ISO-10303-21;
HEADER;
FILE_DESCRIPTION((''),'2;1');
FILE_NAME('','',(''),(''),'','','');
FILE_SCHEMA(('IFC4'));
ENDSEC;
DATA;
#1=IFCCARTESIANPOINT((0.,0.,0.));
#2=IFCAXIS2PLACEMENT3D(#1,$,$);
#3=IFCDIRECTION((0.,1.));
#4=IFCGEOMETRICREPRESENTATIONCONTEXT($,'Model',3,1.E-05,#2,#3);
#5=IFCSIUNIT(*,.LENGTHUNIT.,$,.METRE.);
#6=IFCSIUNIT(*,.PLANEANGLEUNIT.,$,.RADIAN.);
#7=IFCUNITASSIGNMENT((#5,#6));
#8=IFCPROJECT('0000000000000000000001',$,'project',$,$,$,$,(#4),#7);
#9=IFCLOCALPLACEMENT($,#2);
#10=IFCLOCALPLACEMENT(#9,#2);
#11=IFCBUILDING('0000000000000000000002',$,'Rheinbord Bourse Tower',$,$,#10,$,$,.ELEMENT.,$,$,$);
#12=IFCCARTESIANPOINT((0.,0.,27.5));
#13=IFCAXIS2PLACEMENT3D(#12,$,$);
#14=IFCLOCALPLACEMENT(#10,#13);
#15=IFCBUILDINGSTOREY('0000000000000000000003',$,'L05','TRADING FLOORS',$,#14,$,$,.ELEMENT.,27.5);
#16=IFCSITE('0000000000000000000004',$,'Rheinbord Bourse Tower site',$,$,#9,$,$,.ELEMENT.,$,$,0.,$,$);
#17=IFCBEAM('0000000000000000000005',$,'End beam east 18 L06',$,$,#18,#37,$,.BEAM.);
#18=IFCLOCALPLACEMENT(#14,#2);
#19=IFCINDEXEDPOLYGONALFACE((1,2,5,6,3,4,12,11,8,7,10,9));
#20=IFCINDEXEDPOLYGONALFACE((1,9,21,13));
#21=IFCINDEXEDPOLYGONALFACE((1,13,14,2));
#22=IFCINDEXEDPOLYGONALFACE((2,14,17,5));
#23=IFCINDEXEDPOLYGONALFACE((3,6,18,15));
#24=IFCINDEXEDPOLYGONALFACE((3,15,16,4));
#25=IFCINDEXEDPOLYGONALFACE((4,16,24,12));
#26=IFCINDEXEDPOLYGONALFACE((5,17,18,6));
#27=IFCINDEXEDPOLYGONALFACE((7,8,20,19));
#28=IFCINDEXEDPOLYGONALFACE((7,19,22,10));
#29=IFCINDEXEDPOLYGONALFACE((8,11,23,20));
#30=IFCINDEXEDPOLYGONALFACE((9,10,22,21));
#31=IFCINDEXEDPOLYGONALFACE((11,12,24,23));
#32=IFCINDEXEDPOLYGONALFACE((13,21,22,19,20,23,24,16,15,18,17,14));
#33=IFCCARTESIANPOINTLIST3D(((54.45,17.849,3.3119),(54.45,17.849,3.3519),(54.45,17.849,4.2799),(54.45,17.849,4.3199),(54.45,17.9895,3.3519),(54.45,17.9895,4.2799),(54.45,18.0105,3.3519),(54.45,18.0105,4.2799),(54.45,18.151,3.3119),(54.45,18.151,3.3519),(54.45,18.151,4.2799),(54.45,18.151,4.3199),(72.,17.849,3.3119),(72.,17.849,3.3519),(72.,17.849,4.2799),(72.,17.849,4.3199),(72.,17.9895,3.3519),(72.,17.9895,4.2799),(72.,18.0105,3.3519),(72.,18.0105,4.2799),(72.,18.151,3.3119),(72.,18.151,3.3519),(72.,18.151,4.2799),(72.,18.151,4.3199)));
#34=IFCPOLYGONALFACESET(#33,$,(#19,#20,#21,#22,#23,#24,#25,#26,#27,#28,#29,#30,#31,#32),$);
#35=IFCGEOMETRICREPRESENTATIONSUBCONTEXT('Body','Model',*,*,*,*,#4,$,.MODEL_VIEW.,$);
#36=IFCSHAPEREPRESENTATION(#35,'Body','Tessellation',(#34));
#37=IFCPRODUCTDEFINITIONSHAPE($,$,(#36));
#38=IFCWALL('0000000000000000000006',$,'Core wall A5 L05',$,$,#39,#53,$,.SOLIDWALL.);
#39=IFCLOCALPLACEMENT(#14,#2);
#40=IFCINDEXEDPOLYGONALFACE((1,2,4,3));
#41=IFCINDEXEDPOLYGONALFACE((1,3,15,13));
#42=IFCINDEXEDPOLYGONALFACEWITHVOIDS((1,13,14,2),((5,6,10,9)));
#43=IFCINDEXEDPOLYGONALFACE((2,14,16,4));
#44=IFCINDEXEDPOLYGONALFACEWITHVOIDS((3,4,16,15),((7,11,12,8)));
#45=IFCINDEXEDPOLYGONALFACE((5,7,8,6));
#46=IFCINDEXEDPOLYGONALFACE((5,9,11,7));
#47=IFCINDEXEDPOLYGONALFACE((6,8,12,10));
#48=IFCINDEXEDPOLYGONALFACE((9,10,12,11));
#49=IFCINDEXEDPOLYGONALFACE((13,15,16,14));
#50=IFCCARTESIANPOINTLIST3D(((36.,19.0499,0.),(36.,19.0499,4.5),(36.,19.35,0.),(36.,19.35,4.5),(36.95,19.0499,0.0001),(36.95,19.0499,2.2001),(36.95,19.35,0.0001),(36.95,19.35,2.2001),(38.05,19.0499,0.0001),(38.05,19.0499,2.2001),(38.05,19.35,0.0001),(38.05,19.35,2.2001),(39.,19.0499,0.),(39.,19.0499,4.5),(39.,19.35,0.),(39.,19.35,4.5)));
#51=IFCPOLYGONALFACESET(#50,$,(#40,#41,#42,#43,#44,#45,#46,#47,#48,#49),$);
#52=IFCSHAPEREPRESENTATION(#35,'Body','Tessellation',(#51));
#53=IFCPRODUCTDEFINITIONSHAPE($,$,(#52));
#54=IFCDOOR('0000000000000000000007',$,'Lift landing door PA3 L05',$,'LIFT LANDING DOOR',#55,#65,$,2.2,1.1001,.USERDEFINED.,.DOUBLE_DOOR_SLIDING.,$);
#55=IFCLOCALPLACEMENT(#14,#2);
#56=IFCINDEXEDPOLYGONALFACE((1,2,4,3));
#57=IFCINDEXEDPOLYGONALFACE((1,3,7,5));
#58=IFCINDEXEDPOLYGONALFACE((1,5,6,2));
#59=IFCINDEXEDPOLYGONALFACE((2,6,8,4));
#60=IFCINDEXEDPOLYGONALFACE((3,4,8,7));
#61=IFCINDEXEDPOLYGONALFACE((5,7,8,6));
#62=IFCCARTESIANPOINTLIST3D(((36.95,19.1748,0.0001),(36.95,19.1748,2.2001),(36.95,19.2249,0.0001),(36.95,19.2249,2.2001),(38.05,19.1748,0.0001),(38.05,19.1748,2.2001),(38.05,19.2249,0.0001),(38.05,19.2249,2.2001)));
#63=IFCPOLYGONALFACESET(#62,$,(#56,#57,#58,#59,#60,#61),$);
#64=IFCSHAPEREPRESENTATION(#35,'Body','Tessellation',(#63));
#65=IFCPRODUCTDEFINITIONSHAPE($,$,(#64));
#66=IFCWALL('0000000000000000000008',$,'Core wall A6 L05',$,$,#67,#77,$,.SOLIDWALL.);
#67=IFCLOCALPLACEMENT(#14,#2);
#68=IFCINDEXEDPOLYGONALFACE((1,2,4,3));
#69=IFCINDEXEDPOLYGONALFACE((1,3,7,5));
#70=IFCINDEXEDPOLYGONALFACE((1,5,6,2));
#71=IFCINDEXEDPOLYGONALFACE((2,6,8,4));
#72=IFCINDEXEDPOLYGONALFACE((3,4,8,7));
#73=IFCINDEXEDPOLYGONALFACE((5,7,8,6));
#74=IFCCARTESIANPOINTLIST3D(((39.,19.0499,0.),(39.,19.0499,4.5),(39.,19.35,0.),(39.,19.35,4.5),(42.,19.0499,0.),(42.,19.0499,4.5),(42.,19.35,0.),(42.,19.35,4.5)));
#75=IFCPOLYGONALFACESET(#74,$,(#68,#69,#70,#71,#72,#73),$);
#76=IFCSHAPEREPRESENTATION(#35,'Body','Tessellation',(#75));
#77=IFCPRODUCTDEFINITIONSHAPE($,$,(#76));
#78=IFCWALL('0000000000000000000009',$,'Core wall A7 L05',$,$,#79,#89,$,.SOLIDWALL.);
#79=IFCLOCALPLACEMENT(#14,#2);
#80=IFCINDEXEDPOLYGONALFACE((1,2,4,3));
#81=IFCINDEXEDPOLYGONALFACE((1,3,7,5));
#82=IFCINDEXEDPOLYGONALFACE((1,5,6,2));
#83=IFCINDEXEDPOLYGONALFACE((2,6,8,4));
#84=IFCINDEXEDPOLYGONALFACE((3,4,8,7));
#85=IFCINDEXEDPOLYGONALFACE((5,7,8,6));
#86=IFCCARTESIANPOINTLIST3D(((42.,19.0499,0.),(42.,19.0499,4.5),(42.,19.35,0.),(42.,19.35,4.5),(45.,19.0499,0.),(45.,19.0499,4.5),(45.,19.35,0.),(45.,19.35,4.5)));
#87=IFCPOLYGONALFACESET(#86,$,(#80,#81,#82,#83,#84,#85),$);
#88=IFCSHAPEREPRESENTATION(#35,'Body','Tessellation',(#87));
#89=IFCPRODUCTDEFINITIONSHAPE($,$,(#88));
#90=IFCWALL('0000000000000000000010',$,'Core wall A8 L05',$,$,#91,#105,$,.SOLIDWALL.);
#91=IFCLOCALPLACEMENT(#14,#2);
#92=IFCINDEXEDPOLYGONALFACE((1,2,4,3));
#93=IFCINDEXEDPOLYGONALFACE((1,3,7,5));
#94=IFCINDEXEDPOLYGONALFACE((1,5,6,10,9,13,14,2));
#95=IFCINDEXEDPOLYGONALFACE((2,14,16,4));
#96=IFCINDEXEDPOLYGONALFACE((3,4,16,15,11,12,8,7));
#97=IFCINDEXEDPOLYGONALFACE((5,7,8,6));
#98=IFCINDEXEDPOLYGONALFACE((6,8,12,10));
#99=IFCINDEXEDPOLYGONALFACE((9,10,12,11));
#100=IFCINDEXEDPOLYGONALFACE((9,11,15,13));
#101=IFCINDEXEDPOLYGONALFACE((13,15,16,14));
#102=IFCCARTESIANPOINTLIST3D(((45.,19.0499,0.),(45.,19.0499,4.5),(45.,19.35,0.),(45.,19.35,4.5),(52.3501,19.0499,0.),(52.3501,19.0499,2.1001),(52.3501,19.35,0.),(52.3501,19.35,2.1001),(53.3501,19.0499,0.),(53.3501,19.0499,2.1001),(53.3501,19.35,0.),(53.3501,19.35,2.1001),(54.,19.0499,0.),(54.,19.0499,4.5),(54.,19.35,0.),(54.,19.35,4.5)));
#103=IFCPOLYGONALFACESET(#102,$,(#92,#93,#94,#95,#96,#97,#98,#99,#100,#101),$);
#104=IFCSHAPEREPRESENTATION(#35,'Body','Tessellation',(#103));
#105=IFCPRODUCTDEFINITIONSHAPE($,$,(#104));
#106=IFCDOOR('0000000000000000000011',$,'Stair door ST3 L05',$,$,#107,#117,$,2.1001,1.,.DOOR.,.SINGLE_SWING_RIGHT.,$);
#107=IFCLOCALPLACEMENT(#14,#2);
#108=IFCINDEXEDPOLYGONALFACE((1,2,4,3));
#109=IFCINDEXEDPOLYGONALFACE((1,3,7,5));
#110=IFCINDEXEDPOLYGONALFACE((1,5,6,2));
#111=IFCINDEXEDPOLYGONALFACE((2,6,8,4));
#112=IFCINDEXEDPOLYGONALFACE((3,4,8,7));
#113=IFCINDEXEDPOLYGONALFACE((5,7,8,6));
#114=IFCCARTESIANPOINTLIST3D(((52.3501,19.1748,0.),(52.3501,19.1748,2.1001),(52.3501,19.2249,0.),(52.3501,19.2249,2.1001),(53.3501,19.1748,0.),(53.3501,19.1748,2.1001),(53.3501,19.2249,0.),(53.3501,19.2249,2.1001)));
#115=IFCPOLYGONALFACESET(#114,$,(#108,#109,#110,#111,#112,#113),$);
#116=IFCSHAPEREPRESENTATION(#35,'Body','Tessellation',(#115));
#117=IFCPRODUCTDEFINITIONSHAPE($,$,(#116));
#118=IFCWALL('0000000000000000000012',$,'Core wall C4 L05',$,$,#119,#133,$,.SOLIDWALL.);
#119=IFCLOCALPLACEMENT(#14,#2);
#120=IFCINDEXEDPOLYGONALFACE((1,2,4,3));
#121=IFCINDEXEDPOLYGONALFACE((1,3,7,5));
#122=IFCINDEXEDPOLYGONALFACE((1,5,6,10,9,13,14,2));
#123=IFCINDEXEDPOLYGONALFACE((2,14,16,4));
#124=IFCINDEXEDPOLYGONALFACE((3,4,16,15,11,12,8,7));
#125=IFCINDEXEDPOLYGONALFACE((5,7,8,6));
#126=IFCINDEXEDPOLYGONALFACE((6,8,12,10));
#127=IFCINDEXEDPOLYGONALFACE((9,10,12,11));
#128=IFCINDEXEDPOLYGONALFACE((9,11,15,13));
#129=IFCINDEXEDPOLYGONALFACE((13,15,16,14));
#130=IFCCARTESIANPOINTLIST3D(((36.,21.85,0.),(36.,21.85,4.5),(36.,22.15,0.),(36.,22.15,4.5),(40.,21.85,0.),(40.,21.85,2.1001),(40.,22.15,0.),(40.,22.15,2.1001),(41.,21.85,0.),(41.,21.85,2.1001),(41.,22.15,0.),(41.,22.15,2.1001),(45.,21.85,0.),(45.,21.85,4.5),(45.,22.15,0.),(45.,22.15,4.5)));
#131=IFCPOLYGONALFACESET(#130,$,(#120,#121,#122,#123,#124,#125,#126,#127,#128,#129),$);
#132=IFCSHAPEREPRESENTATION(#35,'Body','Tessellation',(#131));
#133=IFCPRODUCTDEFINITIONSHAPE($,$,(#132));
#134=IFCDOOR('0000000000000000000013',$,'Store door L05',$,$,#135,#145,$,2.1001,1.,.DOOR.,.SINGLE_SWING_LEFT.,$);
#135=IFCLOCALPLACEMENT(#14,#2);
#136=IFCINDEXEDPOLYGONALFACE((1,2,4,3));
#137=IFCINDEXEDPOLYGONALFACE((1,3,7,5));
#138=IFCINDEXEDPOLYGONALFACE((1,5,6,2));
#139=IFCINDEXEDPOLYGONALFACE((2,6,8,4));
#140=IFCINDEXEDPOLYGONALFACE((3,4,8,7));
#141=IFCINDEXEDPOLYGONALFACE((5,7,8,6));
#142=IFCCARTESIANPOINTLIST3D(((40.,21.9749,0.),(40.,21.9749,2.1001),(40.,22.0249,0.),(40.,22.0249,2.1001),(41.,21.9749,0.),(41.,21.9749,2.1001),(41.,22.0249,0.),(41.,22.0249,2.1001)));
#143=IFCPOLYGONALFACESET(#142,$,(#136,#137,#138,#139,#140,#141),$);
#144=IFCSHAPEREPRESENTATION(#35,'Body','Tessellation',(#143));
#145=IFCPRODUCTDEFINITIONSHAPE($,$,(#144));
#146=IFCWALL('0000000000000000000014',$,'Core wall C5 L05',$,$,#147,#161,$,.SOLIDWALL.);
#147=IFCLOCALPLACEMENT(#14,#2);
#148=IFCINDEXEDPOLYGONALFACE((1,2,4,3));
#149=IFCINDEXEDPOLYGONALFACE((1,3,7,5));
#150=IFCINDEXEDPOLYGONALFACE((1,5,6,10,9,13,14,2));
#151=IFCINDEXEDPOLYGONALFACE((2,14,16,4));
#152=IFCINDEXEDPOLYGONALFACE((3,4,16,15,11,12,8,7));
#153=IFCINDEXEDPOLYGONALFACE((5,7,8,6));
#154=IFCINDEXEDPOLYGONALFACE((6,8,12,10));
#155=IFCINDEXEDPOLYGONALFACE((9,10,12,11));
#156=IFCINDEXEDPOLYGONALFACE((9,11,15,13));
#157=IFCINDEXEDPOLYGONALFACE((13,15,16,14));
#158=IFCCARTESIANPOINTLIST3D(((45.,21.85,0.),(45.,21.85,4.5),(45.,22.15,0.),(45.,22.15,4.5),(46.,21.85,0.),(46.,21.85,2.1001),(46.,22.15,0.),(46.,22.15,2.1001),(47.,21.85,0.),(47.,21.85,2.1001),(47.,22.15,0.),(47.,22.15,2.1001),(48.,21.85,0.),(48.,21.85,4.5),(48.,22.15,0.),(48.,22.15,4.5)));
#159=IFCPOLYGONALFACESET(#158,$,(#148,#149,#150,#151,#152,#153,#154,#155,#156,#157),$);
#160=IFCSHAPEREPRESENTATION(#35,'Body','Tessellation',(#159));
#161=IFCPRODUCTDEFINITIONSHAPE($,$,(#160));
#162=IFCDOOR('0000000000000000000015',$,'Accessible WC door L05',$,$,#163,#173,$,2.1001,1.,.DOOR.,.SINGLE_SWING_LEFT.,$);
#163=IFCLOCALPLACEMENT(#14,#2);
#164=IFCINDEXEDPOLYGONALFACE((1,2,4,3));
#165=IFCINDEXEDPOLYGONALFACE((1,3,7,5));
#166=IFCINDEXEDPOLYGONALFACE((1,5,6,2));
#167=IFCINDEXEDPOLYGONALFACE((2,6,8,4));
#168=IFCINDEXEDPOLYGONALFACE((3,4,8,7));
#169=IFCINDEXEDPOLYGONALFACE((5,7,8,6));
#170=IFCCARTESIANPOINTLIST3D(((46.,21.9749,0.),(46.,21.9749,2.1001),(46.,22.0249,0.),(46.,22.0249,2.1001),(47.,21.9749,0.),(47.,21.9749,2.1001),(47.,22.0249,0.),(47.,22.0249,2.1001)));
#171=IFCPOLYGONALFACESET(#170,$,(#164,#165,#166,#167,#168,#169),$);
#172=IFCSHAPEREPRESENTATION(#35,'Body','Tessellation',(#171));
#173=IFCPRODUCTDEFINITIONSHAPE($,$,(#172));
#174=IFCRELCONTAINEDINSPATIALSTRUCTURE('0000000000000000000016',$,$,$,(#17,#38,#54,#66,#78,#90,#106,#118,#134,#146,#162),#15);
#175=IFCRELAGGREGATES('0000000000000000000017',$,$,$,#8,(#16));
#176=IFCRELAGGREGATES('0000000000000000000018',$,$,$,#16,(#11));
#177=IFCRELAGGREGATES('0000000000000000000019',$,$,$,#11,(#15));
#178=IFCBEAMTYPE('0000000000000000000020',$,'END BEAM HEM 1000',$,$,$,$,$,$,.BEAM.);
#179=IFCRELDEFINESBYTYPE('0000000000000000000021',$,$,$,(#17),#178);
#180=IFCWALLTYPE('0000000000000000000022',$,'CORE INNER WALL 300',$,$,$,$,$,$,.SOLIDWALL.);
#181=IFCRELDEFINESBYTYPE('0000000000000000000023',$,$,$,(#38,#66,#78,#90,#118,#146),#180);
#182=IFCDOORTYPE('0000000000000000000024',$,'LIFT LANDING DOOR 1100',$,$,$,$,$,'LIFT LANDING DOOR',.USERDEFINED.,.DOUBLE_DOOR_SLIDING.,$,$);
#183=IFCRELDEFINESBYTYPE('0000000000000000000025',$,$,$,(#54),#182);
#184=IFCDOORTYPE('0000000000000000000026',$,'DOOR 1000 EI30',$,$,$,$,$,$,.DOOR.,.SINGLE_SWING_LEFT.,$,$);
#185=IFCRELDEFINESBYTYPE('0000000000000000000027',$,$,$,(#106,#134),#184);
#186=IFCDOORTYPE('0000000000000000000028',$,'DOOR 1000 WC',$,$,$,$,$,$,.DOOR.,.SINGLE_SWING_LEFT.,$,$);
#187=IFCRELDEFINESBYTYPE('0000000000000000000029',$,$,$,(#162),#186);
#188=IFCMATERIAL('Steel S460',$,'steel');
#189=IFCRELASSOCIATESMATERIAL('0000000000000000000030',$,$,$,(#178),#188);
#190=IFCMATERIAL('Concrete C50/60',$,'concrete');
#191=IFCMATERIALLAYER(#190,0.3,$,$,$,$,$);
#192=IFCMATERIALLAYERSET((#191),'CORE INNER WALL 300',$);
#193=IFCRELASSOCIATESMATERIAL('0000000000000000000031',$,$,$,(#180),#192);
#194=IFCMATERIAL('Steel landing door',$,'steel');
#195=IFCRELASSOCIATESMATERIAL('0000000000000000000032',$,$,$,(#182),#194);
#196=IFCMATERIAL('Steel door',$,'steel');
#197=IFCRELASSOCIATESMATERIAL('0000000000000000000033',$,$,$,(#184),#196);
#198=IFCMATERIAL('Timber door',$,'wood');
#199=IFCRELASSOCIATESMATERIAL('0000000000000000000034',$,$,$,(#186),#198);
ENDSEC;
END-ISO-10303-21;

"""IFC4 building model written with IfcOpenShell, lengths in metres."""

from ifc_helpers import new_model, si_unit, direction, frame, frame_2d, origin, origin_2d, place, context, subcontext, project, spatial, rectangle, i_section, extrude, material, layer, layer_set, material_profile, profile_set, type_object, element, fill, save


model = new_model("IFC4")

# Units and contexts
model_context = context("Model", 3, precision=1e-05, world=origin(), true_north=direction((0.0, 1.0)))
body_context = subcontext(model_context, "Body", "Model", "MODEL_VIEW")
ifc_project = project(units=[si_unit("LENGTHUNIT", "METRE"), si_unit("PLANEANGLEUNIT", "RADIAN")], contexts=[model_context])

# Site, building, storey
site_placement = place(None, origin())
site = spatial("IfcSite", under=ifc_project, at=site_placement, Name="Rheinbord Bourse Tower site", CompositionType="ELEMENT", RefElevation=0.0)
building_placement = place(site_placement, origin())
building = spatial("IfcBuilding", under=site, at=building_placement, Name="Rheinbord Bourse Tower", CompositionType="ELEMENT")
storey_placement = place(building_placement, frame((0.0, 0.0, 27.5)))
storey = spatial("IfcBuildingStorey", under=building, at=storey_placement, Name="L05", Description="TRADING FLOORS", CompositionType="ELEMENT", Elevation=27.5)

# Beam
ifc_material_1 = material(Name="Steel S460", Category="steel")
ifc_material_profile = material_profile(ifc_material_1, i_section(OverallWidth=0.302, OverallDepth=1.0081, WebThickness=0.021, FlangeThickness=0.04, at=origin_2d()), Name="HEM 1000")
ifc_profile_set = profile_set([ifc_material_profile], Name="Steel S460")
beam_type = type_object("IfcBeamType", Name="END BEAM HEM 1000", PredefinedType="BEAM", material=ifc_profile_set)
beam_placement = place(storey_placement, frame((54.45, 18.0, 3.8159), z_axis=(1.0, 0.0, 0.0), x_axis=(0.0, 1.0, 0.0)))
element("IfcBeam", 1, at=beam_placement, inside=storey, type_object=beam_type, Name="End beam east 18 L06", PredefinedType="BEAM", context=body_context, shape_type="SweptSolid", body=[
    extrude(i_section(OverallWidth=0.302, OverallDepth=1.0081, WebThickness=0.021, FlangeThickness=0.04, at=origin_2d()), origin(), (0.0, 0.0, 1.0), 17.55),
])

# Wall, opening, door
ifc_material_2 = material(Name="Concrete C50/60", Category="concrete")
ifc_layer_1 = layer(ifc_material_2, 0.3)
ifc_layer_set_1 = layer_set([ifc_layer_1], Name="CORE INNER WALL 300")
wall_type_1 = type_object("IfcWallType", Name="CORE INNER WALL 300", PredefinedType="SOLIDWALL", material=ifc_layer_set_1)
wall_1_placement = place(storey_placement, frame((36.0, 19.2, 0.0), z_axis=(0.0, 0.0, 1.0), x_axis=(1.0, 0.0, 0.0)))
wall_1 = element("IfcWall", 2, at=wall_1_placement, inside=storey, type_object=wall_type_1, Name="Core wall A5 L05", PredefinedType="SOLIDWALL", context=body_context, shape_type="SweptSolid", body=[
    extrude(rectangle(XDim=3.0, YDim=0.3, at=frame_2d((1.5, 0.0))), origin(), (0.0, 0.0, 1.0), 4.5),
])
opening_1_placement = place(wall_1_placement, frame((0.95, 0.0, 0.0)))
opening_1 = element("IfcOpeningElement", 3, at=opening_1_placement, cuts=wall_1, PredefinedType="OPENING", context=body_context, shape_type="SweptSolid", body=[
    extrude(rectangle(XDim=1.1001, YDim=2.2, at=frame_2d((0.55, 1.1001))), frame((0.0, 0.1599, 0.0), z_axis=(0.0, -1.0, 0.0), x_axis=(1.0, 0.0, 0.0)), (0.0, 0.0, 1.0), 0.3201),
])
ifc_material_3 = material(Name="Steel landing door", Category="steel")
door_type_1 = type_object("IfcDoorType", Name="LIFT LANDING DOOR 1100", ElementType="LIFT LANDING DOOR", OperationType="DOUBLE_DOOR_SLIDING", PredefinedType="USERDEFINED", material=ifc_material_3)
door_1_placement = place(opening_1_placement, origin())
door_1 = element("IfcDoor", 4, at=door_1_placement, inside=storey, type_object=door_type_1, Name="Lift landing door PA3 L05", ObjectType="LIFT LANDING DOOR", OperationType="DOUBLE_DOOR_SLIDING", OverallHeight=2.2, OverallWidth=1.1001, PredefinedType="USERDEFINED", context=body_context, shape_type="SweptSolid", body=[
    extrude(rectangle(XDim=1.1001, YDim=2.2, at=frame_2d((0.55, 1.1001))), frame((0.0, 0.0249, 0.0), z_axis=(0.0, -1.0, 0.0), x_axis=(1.0, 0.0, 0.0)), (0.0, 0.0, 1.0), 0.05),
])
fill(opening_1, door_1)

# Walls
for number, where, z_axis, x_axis, name in (
    (5, (39.0, 19.2, 0.0), (0.0, 0.0, 1.0), (1.0, 0.0, 0.0), "Core wall A6 L05"),
    (6, (42.0, 19.2, 0.0), (0.0, 0.0, 1.0), (1.0, 0.0, 0.0), "Core wall A7 L05"),
):
    element("IfcWall", number, at=place(storey_placement, frame(where, z_axis=z_axis, x_axis=x_axis)), inside=storey, type_object=wall_type_1, Name=name, PredefinedType="SOLIDWALL", context=body_context, shape_type="SweptSolid", body=[
        extrude(rectangle(XDim=3.0, YDim=0.3, at=frame_2d((1.5, 0.0))), origin(), (0.0, 0.0, 1.0), 4.5),
    ])

# Walls, openings, doors
wall_2_placement = place(storey_placement, frame((45.0, 19.2, 0.0), z_axis=(0.0, 0.0, 1.0), x_axis=(1.0, 0.0, 0.0)))
wall_2 = element("IfcWall", 7, at=wall_2_placement, inside=storey, type_object=wall_type_1, Name="Core wall A8 L05", PredefinedType="SOLIDWALL", context=body_context, shape_type="SweptSolid", body=[
    extrude(rectangle(XDim=9.0, YDim=0.3, at=frame_2d((4.5, 0.0))), origin(), (0.0, 0.0, 1.0), 4.5),
])
opening_2_placement = place(wall_2_placement, frame((7.3501, 0.0, 0.0)))
opening_2 = element("IfcOpeningElement", 8, at=opening_2_placement, cuts=wall_2, PredefinedType="OPENING", context=body_context, shape_type="SweptSolid", body=[
    extrude(rectangle(XDim=1.0, YDim=2.1001, at=frame_2d((0.5, 1.05))), frame((0.0, 0.1599, 0.0), z_axis=(0.0, -1.0, 0.0), x_axis=(1.0, 0.0, 0.0)), (0.0, 0.0, 1.0), 0.3201),
])
ifc_material_4 = material(Name="Steel door", Category="steel")
door_type_2 = type_object("IfcDoorType", Name="DOOR 1000 EI30", OperationType="SINGLE_SWING_LEFT", PredefinedType="DOOR", material=ifc_material_4)
door_2_placement = place(opening_2_placement, origin())
door_2 = element("IfcDoor", 9, at=door_2_placement, inside=storey, type_object=door_type_2, Name="Stair door ST3 L05", OperationType="SINGLE_SWING_RIGHT", OverallHeight=2.1001, OverallWidth=1.0, PredefinedType="DOOR", context=body_context, shape_type="SweptSolid", body=[
    extrude(rectangle(XDim=1.0, YDim=2.1001, at=frame_2d((0.5, 1.05))), frame((0.0, 0.0249, 0.0), z_axis=(0.0, -1.0, 0.0), x_axis=(1.0, 0.0, 0.0)), (0.0, 0.0, 1.0), 0.05),
])
fill(opening_2, door_2)
wall_3_placement = place(storey_placement, frame((36.0, 22.0, 0.0), z_axis=(0.0, 0.0, 1.0), x_axis=(1.0, 0.0, 0.0)))
wall_3 = element("IfcWall", 10, at=wall_3_placement, inside=storey, type_object=wall_type_1, Name="Core wall C4 L05", PredefinedType="SOLIDWALL", context=body_context, shape_type="SweptSolid", body=[
    extrude(rectangle(XDim=9.0, YDim=0.3, at=frame_2d((4.5, 0.0))), origin(), (0.0, 0.0, 1.0), 4.5),
])
opening_3_placement = place(wall_3_placement, frame((4.0, 0.0, 0.0)))
opening_3 = element("IfcOpeningElement", 11, at=opening_3_placement, cuts=wall_3, PredefinedType="OPENING", context=body_context, shape_type="SweptSolid", body=[
    extrude(rectangle(XDim=1.0, YDim=2.1001, at=frame_2d((0.5, 1.05))), frame((0.0, 0.1599, 0.0), z_axis=(0.0, -1.0, 0.0), x_axis=(1.0, 0.0, 0.0)), (0.0, 0.0, 1.0), 0.3201),
])
door_3_placement = place(opening_3_placement, origin())
door_3 = element("IfcDoor", 12, at=door_3_placement, inside=storey, type_object=door_type_2, Name="Store door L05", OperationType="SINGLE_SWING_LEFT", OverallHeight=2.1001, OverallWidth=1.0, PredefinedType="DOOR", context=body_context, shape_type="SweptSolid", body=[
    extrude(rectangle(XDim=1.0, YDim=2.1001, at=frame_2d((0.5, 1.05))), frame((0.0, 0.0249, 0.0), z_axis=(0.0, -1.0, 0.0), x_axis=(1.0, 0.0, 0.0)), (0.0, 0.0, 1.0), 0.05),
])
fill(opening_3, door_3)
wall_4_placement = place(storey_placement, frame((45.0, 22.0, 0.0), z_axis=(0.0, 0.0, 1.0), x_axis=(1.0, 0.0, 0.0)))
wall_4 = element("IfcWall", 13, at=wall_4_placement, inside=storey, type_object=wall_type_1, Name="Core wall C5 L05", PredefinedType="SOLIDWALL", context=body_context, shape_type="SweptSolid", body=[
    extrude(rectangle(XDim=3.0, YDim=0.3, at=frame_2d((1.5, 0.0))), origin(), (0.0, 0.0, 1.0), 4.5),
])
opening_4_placement = place(wall_4_placement, frame((1.0, 0.0, 0.0)))
opening_4 = element("IfcOpeningElement", 14, at=opening_4_placement, cuts=wall_4, PredefinedType="OPENING", context=body_context, shape_type="SweptSolid", body=[
    extrude(rectangle(XDim=1.0, YDim=2.1001, at=frame_2d((0.5, 1.05))), frame((0.0, 0.1599, 0.0), z_axis=(0.0, -1.0, 0.0), x_axis=(1.0, 0.0, 0.0)), (0.0, 0.0, 1.0), 0.3201),
])
ifc_material_5 = material(Name="Timber door", Category="wood")
door_type_3 = type_object("IfcDoorType", Name="DOOR 1000 WC", OperationType="SINGLE_SWING_LEFT", PredefinedType="DOOR", material=ifc_material_5)
door_4_placement = place(opening_4_placement, origin())
door_4 = element("IfcDoor", 15, at=door_4_placement, inside=storey, type_object=door_type_3, Name="Accessible WC door L05", OperationType="SINGLE_SWING_LEFT", OverallHeight=2.1001, OverallWidth=1.0, PredefinedType="DOOR", context=body_context, shape_type="SweptSolid", body=[
    extrude(rectangle(XDim=1.0, YDim=2.1001, at=frame_2d((0.5, 1.05))), frame((0.0, 0.0249, 0.0), z_axis=(0.0, -1.0, 0.0), x_axis=(1.0, 0.0, 0.0)), (0.0, 0.0, 1.0), 0.05),
])
fill(opening_4, door_4)

save(model, "model.ifc")
